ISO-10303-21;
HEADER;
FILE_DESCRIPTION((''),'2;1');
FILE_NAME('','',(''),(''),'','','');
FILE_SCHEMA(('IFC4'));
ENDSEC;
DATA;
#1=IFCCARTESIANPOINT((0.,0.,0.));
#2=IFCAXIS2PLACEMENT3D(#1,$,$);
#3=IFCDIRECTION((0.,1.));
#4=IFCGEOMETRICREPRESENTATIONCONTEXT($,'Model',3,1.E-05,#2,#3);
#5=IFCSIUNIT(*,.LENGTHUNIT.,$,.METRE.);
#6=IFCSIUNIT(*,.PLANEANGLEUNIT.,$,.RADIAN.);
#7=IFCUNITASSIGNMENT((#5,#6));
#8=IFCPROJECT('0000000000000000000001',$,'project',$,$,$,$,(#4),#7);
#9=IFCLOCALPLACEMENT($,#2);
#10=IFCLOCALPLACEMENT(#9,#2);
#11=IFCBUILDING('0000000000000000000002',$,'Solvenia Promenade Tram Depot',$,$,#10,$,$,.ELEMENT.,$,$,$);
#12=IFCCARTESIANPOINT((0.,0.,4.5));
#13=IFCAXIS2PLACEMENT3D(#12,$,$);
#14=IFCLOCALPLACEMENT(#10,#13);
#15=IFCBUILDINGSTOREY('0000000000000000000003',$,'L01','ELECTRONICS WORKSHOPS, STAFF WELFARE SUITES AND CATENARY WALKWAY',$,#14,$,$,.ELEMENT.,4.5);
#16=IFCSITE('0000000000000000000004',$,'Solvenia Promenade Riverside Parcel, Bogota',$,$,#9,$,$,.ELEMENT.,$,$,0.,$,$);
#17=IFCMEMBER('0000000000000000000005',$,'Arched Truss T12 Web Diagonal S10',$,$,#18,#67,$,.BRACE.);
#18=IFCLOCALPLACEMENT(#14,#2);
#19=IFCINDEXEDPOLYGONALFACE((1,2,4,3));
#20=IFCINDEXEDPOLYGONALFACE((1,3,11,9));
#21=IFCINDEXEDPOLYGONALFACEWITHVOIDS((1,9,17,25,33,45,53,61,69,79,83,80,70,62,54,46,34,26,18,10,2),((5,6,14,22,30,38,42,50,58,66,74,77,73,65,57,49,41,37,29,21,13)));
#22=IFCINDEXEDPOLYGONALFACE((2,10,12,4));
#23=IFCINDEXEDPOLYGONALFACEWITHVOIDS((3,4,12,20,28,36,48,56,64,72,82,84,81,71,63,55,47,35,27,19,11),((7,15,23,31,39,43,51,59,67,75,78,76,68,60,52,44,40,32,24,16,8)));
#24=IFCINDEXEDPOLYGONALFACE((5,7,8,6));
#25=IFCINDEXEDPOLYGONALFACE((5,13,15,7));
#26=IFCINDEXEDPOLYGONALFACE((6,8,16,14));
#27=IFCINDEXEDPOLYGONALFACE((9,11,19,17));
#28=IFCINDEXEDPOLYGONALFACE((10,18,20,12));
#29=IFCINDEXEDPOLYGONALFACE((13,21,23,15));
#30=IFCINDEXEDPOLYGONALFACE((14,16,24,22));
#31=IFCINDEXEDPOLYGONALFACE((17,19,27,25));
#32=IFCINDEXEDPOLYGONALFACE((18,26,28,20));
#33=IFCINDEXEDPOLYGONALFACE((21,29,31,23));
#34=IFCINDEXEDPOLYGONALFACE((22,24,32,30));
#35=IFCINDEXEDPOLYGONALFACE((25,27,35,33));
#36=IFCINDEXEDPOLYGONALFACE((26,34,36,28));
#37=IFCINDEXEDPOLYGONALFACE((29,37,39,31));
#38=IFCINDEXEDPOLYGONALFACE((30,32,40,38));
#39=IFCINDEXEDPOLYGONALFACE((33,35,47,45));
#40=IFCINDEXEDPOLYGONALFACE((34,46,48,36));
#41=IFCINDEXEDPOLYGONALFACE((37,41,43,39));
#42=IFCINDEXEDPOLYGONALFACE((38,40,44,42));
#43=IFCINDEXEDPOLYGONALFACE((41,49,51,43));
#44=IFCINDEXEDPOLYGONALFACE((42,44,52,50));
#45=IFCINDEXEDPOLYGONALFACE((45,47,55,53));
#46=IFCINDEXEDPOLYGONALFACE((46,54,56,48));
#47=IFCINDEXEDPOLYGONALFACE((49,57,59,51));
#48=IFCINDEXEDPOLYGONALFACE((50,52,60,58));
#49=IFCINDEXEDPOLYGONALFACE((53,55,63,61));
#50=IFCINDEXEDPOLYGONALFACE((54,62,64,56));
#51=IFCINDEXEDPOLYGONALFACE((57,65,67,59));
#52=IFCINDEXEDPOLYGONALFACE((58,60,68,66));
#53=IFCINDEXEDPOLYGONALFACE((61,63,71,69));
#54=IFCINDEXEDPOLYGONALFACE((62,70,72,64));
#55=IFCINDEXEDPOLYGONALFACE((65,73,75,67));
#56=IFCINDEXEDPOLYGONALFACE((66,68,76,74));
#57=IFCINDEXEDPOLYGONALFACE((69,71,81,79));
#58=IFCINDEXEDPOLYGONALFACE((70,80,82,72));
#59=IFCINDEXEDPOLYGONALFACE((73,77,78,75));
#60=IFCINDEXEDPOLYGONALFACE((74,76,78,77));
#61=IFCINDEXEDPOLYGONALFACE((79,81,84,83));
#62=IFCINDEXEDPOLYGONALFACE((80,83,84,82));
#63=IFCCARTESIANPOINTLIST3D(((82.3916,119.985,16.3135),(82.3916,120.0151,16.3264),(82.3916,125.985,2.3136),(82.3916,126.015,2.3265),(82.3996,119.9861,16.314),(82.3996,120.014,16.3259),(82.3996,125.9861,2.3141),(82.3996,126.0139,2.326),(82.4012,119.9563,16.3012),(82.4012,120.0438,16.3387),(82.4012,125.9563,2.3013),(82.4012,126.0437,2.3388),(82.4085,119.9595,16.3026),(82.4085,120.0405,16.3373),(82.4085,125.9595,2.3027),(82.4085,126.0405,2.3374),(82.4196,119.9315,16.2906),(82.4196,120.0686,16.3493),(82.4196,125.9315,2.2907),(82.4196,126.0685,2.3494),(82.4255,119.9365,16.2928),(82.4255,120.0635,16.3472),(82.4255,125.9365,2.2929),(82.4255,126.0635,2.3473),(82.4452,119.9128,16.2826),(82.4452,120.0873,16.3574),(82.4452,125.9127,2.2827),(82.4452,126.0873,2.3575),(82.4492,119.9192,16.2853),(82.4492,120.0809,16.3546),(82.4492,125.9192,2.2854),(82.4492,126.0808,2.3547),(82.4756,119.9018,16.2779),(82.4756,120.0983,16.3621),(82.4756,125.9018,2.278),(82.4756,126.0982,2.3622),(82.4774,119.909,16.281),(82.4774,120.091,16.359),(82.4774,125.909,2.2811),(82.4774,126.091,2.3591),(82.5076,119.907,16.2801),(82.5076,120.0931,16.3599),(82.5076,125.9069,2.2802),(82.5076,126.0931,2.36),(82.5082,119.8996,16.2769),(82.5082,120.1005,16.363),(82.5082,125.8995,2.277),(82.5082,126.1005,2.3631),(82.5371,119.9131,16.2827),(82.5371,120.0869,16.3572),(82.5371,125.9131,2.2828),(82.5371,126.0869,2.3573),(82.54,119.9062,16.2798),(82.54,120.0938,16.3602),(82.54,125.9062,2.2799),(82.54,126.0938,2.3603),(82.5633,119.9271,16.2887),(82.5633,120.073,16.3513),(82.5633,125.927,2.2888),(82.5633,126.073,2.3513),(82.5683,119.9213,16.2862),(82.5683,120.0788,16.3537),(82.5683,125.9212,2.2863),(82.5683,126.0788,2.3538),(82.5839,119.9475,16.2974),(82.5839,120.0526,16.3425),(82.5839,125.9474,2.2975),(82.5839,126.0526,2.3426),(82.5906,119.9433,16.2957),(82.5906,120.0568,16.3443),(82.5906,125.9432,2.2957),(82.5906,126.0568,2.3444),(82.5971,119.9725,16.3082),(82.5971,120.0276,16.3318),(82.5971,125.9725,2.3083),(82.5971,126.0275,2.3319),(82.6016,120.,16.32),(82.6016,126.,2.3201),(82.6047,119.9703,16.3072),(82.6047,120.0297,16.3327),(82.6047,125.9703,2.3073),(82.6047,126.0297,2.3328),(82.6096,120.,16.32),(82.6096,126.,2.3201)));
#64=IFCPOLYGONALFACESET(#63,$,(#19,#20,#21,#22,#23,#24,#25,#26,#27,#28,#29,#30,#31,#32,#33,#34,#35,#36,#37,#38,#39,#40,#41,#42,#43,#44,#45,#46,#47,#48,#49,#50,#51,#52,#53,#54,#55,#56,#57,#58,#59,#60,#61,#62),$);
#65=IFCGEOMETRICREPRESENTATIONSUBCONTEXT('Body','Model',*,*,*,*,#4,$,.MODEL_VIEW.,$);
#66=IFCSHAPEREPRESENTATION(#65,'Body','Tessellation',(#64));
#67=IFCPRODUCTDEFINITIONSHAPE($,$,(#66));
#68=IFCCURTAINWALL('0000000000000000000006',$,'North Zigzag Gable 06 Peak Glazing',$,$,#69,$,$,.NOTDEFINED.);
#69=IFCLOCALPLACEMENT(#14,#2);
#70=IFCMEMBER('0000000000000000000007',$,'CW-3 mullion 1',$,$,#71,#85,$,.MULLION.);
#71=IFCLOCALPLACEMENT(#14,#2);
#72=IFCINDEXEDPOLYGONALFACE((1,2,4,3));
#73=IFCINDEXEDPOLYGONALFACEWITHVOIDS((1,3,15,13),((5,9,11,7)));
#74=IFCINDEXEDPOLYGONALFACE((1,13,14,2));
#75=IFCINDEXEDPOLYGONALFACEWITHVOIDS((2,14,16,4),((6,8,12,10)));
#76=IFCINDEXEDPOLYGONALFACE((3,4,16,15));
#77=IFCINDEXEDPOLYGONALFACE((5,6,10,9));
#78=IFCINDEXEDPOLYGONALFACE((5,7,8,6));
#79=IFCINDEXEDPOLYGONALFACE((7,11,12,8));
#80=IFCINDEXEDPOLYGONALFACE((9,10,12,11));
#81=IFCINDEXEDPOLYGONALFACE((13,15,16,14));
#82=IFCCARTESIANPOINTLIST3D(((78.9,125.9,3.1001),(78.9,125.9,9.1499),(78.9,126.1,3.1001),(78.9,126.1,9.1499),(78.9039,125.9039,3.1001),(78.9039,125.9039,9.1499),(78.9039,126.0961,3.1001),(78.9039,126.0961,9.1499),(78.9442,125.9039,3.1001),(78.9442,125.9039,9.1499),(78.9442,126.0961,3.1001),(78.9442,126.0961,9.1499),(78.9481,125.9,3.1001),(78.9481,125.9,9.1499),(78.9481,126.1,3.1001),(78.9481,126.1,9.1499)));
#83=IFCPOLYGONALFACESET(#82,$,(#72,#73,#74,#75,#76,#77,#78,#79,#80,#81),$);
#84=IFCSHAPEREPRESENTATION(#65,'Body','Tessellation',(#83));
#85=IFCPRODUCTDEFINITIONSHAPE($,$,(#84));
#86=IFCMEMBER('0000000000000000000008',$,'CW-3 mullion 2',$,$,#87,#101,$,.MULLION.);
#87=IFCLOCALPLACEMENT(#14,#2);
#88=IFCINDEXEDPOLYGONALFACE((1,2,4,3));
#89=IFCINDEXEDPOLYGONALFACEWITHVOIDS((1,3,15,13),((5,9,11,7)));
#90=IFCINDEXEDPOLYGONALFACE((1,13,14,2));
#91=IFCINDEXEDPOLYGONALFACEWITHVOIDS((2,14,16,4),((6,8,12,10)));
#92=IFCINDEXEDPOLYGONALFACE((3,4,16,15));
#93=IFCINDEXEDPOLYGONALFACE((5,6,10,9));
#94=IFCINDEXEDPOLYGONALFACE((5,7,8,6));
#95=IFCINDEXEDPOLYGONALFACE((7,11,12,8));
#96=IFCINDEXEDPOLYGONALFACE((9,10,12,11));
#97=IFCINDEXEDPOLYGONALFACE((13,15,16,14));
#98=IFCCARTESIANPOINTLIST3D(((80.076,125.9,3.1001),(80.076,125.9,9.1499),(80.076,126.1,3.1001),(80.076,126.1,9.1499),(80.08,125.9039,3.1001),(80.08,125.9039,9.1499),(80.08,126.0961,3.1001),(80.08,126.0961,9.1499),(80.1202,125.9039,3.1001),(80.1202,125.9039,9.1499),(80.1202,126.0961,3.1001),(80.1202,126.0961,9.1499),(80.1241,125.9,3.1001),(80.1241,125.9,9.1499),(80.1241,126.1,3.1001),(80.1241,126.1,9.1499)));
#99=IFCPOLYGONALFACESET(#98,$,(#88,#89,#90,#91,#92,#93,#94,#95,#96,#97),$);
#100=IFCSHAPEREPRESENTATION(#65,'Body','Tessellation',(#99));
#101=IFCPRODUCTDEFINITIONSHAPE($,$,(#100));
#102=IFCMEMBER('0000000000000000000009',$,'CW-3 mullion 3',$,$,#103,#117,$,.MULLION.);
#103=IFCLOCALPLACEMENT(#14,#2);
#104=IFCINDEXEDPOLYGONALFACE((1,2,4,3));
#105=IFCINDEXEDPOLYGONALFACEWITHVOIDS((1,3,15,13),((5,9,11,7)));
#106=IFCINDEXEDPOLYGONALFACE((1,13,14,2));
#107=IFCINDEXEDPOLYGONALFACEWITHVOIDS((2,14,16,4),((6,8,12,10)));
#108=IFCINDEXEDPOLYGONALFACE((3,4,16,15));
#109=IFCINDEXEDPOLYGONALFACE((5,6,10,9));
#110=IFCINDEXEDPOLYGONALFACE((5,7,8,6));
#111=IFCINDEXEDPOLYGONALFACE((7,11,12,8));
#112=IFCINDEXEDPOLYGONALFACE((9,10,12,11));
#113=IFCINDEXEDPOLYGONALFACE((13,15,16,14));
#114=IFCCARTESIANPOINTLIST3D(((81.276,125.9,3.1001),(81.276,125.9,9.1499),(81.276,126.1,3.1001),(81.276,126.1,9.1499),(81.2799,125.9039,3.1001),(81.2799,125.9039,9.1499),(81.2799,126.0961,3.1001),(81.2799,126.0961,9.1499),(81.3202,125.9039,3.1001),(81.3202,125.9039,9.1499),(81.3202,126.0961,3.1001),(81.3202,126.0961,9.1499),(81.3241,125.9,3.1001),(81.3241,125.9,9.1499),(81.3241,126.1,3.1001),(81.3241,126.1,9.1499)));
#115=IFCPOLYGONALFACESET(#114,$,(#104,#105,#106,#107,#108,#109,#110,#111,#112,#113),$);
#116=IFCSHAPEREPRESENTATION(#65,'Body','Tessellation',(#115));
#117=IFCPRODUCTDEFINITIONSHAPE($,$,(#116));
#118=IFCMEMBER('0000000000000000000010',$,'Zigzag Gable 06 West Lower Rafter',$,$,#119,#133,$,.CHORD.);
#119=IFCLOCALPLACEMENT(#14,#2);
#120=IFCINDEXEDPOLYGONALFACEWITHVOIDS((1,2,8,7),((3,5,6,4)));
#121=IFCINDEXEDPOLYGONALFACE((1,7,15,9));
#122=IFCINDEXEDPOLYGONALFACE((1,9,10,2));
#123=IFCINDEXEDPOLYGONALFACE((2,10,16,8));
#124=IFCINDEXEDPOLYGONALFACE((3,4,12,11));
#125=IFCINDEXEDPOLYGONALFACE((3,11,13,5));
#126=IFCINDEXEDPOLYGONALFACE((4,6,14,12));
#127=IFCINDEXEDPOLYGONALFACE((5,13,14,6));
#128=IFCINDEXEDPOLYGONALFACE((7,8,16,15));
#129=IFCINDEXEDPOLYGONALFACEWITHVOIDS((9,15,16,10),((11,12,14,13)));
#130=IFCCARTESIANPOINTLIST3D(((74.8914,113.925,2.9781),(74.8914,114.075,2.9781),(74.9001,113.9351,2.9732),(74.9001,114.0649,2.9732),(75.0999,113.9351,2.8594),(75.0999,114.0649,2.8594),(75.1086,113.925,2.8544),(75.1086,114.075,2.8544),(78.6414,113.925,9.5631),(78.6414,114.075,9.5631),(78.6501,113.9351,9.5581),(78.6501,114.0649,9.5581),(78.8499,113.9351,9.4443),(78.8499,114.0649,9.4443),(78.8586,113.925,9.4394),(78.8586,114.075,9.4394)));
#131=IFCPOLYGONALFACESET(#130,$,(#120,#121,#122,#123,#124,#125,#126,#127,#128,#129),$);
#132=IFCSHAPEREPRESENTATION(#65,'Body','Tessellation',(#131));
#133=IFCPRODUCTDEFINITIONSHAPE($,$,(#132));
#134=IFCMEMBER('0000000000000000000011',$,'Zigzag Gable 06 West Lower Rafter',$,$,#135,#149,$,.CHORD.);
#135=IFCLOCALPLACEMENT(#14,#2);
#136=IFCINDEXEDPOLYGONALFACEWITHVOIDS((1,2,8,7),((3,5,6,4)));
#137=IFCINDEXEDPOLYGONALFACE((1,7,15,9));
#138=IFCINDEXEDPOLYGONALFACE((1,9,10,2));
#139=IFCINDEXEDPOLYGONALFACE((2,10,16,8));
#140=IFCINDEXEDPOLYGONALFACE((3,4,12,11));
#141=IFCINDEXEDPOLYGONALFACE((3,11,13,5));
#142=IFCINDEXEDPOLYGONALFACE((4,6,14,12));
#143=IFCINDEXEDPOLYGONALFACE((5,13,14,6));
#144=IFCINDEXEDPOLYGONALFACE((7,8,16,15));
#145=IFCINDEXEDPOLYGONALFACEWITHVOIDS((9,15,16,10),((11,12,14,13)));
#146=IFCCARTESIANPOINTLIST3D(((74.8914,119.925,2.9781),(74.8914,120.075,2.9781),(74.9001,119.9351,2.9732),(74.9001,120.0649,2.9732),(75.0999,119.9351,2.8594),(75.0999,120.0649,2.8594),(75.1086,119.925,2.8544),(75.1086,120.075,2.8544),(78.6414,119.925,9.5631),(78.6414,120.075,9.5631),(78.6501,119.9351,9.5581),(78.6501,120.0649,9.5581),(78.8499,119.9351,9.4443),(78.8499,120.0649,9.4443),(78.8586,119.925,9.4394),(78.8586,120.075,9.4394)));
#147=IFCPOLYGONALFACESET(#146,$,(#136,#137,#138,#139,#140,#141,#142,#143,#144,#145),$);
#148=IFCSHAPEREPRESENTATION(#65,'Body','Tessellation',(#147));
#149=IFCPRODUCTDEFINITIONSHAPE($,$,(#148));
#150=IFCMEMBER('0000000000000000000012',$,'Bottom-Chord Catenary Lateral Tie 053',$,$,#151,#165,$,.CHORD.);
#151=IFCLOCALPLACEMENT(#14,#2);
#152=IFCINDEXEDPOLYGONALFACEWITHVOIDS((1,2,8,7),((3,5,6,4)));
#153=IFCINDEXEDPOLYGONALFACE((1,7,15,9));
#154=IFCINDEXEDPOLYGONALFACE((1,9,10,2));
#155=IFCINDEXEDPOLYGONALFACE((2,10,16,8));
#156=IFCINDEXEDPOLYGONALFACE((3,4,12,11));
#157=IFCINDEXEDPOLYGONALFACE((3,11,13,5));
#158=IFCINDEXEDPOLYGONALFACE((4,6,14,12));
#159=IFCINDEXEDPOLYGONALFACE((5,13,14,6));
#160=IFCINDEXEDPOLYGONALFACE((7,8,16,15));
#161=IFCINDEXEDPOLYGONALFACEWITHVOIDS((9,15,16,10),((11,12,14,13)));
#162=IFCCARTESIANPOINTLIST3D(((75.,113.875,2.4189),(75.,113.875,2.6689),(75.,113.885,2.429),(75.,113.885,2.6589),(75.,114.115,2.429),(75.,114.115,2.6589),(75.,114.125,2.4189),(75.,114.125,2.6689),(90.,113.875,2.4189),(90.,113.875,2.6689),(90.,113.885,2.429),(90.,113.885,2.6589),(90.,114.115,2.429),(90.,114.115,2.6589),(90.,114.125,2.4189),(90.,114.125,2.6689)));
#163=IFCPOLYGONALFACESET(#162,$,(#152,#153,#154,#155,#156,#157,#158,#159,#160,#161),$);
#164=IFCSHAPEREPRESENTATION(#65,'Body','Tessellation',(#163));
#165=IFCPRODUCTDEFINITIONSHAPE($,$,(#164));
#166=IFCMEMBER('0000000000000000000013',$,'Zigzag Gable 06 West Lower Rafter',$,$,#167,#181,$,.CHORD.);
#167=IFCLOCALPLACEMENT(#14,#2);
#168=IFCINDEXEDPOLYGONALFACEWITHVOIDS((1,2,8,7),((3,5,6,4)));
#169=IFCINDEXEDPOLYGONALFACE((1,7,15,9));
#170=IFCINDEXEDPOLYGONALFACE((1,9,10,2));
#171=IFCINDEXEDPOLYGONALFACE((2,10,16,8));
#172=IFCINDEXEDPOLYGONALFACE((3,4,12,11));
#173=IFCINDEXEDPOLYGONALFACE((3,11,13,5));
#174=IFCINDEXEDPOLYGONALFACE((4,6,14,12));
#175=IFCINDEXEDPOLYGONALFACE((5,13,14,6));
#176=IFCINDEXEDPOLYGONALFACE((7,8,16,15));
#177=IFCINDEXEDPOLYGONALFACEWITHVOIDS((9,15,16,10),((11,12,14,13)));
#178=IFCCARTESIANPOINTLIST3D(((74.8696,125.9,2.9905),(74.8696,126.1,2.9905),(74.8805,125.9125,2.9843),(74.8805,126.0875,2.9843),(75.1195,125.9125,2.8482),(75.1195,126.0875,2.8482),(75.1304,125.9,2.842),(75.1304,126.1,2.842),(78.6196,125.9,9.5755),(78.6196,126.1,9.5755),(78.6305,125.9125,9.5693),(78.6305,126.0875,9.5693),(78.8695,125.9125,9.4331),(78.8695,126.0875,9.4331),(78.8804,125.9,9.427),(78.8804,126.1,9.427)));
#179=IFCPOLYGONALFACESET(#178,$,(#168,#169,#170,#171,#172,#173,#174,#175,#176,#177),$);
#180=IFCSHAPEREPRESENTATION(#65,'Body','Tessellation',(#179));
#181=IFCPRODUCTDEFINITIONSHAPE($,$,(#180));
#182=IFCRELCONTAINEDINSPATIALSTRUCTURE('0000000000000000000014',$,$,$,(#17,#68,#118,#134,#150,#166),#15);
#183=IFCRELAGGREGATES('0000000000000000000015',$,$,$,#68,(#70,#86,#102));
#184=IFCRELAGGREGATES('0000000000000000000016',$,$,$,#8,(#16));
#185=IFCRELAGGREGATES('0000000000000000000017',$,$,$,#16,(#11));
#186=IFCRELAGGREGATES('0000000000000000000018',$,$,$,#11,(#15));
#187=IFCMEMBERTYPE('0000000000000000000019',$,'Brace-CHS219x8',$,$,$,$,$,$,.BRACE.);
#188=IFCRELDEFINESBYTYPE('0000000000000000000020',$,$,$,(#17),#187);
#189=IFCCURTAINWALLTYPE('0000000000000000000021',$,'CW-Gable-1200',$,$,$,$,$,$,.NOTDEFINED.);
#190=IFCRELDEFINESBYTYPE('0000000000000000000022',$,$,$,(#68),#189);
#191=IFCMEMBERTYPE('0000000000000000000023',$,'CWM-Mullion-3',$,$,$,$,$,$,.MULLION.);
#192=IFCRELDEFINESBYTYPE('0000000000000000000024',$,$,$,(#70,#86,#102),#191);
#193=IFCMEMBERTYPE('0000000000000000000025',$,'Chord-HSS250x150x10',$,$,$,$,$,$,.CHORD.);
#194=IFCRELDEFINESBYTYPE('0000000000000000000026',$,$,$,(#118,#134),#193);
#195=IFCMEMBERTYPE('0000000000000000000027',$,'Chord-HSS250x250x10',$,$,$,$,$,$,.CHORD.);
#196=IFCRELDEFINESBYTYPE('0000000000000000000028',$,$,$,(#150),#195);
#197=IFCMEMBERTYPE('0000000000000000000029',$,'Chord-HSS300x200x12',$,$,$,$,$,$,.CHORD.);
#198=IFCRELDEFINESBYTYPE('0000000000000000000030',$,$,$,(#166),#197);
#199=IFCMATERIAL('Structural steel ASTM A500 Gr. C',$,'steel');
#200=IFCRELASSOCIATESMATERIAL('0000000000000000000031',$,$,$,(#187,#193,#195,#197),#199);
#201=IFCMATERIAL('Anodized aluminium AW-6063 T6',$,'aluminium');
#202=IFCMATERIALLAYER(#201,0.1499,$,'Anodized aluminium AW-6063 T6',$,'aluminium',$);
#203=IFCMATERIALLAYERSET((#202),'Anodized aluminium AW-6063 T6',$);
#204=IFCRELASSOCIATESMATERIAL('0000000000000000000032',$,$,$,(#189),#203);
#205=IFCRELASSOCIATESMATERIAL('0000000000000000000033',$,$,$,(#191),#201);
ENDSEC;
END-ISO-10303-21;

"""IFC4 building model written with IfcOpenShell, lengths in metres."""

from ifc_helpers import new_model, si_unit, direction, frame, origin, origin_2d, place, context, subcontext, project, spatial, hollow_rectangle, hollow_circle, extrude, material, layer, layer_set, material_profile, profile_set, type_object, element, aggregate, save


model = new_model("IFC4")

# Units and contexts
model_context = context("Model", 3, precision=1e-05, world=origin(), true_north=direction((0.0, 1.0)))
body_context = subcontext(model_context, "Body", "Model", "MODEL_VIEW")
ifc_project = project(units=[si_unit("LENGTHUNIT", "METRE"), si_unit("PLANEANGLEUNIT", "RADIAN")], contexts=[model_context])

# Site, building, storey
site_placement = place(None, origin())
site = spatial("IfcSite", under=ifc_project, at=site_placement, Name="Solvenia Promenade Riverside Parcel, Bogota", CompositionType="ELEMENT", RefElevation=0.0)
building_placement = place(site_placement, origin())
building = spatial("IfcBuilding", under=site, at=building_placement, Name="Solvenia Promenade Tram Depot", CompositionType="ELEMENT")
storey_placement = place(building_placement, frame((0.0, 0.0, 4.5)))
storey = spatial("IfcBuildingStorey", under=building, at=storey_placement, Name="L01", Description="ELECTRONICS WORKSHOPS, STAFF WELFARE SUITES AND CATENARY WALKWAY", CompositionType="ELEMENT", Elevation=4.5)

# Member
ifc_material_1 = material(Name="Structural steel ASTM A500 Gr. C", Category="steel")
ifc_material_profile_1 = material_profile(ifc_material_1, hollow_circle(Radius=0.1096, WallThickness=0.0081, at=origin_2d()), Name="CHS219.1x8", Category="steel")
ifc_profile_set_1 = profile_set([ifc_material_profile_1], Name="Structural steel ASTM A500 Gr. C")
member_type_1 = type_object("IfcMemberType", Name="Brace-CHS219x8", PredefinedType="BRACE", material=ifc_profile_set_1)
member_1_placement = place(storey_placement, frame((82.5, 126.0, 2.3201), z_axis=(0.0, -0.393919, 0.919145), x_axis=(1.0, 0.0, 0.0)))
element("IfcMember", 1, at=member_1_placement, inside=storey, type_object=member_type_1, Name="Arched Truss T12 Web Diagonal S10", PredefinedType="BRACE", context=body_context, shape_type="SweptSolid", body=[
    extrude(hollow_circle(Radius=0.1096, WallThickness=0.0081, at=origin_2d()), origin(), (0.0, 0.0, 1.0), 15.2314),
])

# Curtain wall, members
ifc_material_2 = material(Name="Anodized aluminium AW-6063 T6", Category="aluminium")
ifc_layer_1 = layer(ifc_material_2, 0.1499, Name="Anodized aluminium AW-6063 T6", Category="aluminium")
ifc_layer_set_1 = layer_set([ifc_layer_1], Name="Anodized aluminium AW-6063 T6")
curtain_wall_type = type_object("IfcCurtainWallType", Name="CW-Gable-1200", PredefinedType="NOTDEFINED", material=ifc_layer_set_1)
curtain_wall_placement = place(storey_placement, origin())
curtain_wall = element("IfcCurtainWall", 2, at=curtain_wall_placement, inside=storey, type_object=curtain_wall_type, Name="North Zigzag Gable 06 Peak Glazing", PredefinedType="NOTDEFINED")
ifc_material_profile_2 = material_profile(ifc_material_2, hollow_rectangle(XDim=0.2, YDim=0.0481, WallThickness=0.0039, at=origin_2d()), Name="ALU-M3", Category="aluminium")
ifc_profile_set_2 = profile_set([ifc_material_profile_2], Name="Anodized aluminium AW-6063 T6")
member_type_2 = type_object("IfcMemberType", Name="CWM-Mullion-3", PredefinedType="MULLION", material=ifc_profile_set_2)
member_2_placement = place(storey_placement, frame((78.9241, 126.0, 3.1001), z_axis=(0.0, 0.0, 1.0), x_axis=(0.0, 1.0, 0.0)))
member_2 = element("IfcMember", 3, at=member_2_placement, type_object=member_type_2, Name="CW-3 mullion 1", PredefinedType="MULLION", context=body_context, shape_type="SweptSolid", body=[
    extrude(hollow_rectangle(XDim=0.2, YDim=0.0481, WallThickness=0.0039, at=origin_2d()), origin(), (0.0, 0.0, 1.0), 6.0498),
])
member_3_placement = place(storey_placement, frame((80.1001, 126.0, 3.1001), z_axis=(0.0, 0.0, 1.0), x_axis=(0.0, 1.0, 0.0)))
member_3 = element("IfcMember", 4, at=member_3_placement, type_object=member_type_2, Name="CW-3 mullion 2", PredefinedType="MULLION", context=body_context, shape_type="SweptSolid", body=[
    extrude(hollow_rectangle(XDim=0.2, YDim=0.0481, WallThickness=0.0039, at=origin_2d()), origin(), (0.0, 0.0, 1.0), 6.0498),
])
member_4_placement = place(storey_placement, frame((81.3, 126.0, 3.1001), z_axis=(0.0, 0.0, 1.0), x_axis=(0.0, 1.0, 0.0)))
member_4 = element("IfcMember", 5, at=member_4_placement, type_object=member_type_2, Name="CW-3 mullion 3", PredefinedType="MULLION", context=body_context, shape_type="SweptSolid", body=[
    extrude(hollow_rectangle(XDim=0.2, YDim=0.0481, WallThickness=0.0039, at=origin_2d()), origin(), (0.0, 0.0, 1.0), 6.0498),
])
aggregate(curtain_wall, [member_2, member_3, member_4])

# Members
ifc_material_profile_3 = material_profile(ifc_material_1, hollow_rectangle(XDim=0.1499, YDim=0.25, WallThickness=0.01, at=origin_2d()), Name="HSS250x150x10", Category="steel")
ifc_profile_set_3 = profile_set([ifc_material_profile_3], Name="Structural steel ASTM A500 Gr. C")
member_type_3 = type_object("IfcMemberType", Name="Chord-HSS250x150x10", PredefinedType="CHORD", material=ifc_profile_set_3)
for number, where, z_axis, x_axis, name in (
    (6, (75.0, 114.0, 2.9163), (0.494862, 0.0, 0.868972), (0.0, 1.0, 0.0), "Zigzag Gable 06 West Lower Rafter"),
    (7, (75.0, 120.0, 2.9163), (0.494862, 0.0, 0.868972), (0.0, 1.0, 0.0), "Zigzag Gable 06 West Lower Rafter"),
):
    element("IfcMember", number, at=place(storey_placement, frame(where, z_axis=z_axis, x_axis=x_axis)), inside=storey, type_object=member_type_3, Name=name, PredefinedType="CHORD", context=body_context, shape_type="SweptSolid", body=[
        extrude(hollow_rectangle(XDim=0.1499, YDim=0.25, WallThickness=0.01, at=origin_2d()), origin(), (0.0, 0.0, 1.0), 7.5779),
    ])
ifc_material_profile_4 = material_profile(ifc_material_1, hollow_rectangle(XDim=0.25, YDim=0.25, WallThickness=0.01, at=origin_2d()), Name="HSS250x250x10", Category="steel")
ifc_profile_set_4 = profile_set([ifc_material_profile_4], Name="Structural steel ASTM A500 Gr. C")
member_type_4 = type_object("IfcMemberType", Name="Chord-HSS250x250x10", PredefinedType="CHORD", material=ifc_profile_set_4)
member_5_placement = place(storey_placement, frame((75.0, 114.0, 2.5439), z_axis=(1.0, 0.0, 0.0), x_axis=(0.0, 1.0, 0.0)))
element("IfcMember", 8, at=member_5_placement, inside=storey, type_object=member_type_4, Name="Bottom-Chord Catenary Lateral Tie 053", PredefinedType="CHORD", context=body_context, shape_type="SweptSolid", body=[
    extrude(hollow_rectangle(XDim=0.25, YDim=0.25, WallThickness=0.01, at=origin_2d()), origin(), (0.0, 0.0, 1.0), 15.0),
])
ifc_material_profile_5 = material_profile(ifc_material_1, hollow_rectangle(XDim=0.2, YDim=0.3, WallThickness=0.0125, at=origin_2d()), Name="HSS300x200x12.5", Category="steel")
ifc_profile_set_5 = profile_set([ifc_material_profile_5], Name="Structural steel ASTM A500 Gr. C")
member_type_5 = type_object("IfcMemberType", Name="Chord-HSS300x200x12", PredefinedType="CHORD", material=ifc_profile_set_5)
member_6_placement = place(storey_placement, frame((75.0, 126.0, 2.9163), z_axis=(0.494862, 0.0, 0.868972), x_axis=(0.0, 1.0, 0.0)))
element("IfcMember", 9, at=member_6_placement, inside=storey, type_object=member_type_5, Name="Zigzag Gable 06 West Lower Rafter", PredefinedType="CHORD", context=body_context, shape_type="SweptSolid", body=[
    extrude(hollow_rectangle(XDim=0.2, YDim=0.3, WallThickness=0.0125, at=origin_2d()), origin(), (0.0, 0.0, 1.0), 7.5779),
])

save(model, "model.ifc")
